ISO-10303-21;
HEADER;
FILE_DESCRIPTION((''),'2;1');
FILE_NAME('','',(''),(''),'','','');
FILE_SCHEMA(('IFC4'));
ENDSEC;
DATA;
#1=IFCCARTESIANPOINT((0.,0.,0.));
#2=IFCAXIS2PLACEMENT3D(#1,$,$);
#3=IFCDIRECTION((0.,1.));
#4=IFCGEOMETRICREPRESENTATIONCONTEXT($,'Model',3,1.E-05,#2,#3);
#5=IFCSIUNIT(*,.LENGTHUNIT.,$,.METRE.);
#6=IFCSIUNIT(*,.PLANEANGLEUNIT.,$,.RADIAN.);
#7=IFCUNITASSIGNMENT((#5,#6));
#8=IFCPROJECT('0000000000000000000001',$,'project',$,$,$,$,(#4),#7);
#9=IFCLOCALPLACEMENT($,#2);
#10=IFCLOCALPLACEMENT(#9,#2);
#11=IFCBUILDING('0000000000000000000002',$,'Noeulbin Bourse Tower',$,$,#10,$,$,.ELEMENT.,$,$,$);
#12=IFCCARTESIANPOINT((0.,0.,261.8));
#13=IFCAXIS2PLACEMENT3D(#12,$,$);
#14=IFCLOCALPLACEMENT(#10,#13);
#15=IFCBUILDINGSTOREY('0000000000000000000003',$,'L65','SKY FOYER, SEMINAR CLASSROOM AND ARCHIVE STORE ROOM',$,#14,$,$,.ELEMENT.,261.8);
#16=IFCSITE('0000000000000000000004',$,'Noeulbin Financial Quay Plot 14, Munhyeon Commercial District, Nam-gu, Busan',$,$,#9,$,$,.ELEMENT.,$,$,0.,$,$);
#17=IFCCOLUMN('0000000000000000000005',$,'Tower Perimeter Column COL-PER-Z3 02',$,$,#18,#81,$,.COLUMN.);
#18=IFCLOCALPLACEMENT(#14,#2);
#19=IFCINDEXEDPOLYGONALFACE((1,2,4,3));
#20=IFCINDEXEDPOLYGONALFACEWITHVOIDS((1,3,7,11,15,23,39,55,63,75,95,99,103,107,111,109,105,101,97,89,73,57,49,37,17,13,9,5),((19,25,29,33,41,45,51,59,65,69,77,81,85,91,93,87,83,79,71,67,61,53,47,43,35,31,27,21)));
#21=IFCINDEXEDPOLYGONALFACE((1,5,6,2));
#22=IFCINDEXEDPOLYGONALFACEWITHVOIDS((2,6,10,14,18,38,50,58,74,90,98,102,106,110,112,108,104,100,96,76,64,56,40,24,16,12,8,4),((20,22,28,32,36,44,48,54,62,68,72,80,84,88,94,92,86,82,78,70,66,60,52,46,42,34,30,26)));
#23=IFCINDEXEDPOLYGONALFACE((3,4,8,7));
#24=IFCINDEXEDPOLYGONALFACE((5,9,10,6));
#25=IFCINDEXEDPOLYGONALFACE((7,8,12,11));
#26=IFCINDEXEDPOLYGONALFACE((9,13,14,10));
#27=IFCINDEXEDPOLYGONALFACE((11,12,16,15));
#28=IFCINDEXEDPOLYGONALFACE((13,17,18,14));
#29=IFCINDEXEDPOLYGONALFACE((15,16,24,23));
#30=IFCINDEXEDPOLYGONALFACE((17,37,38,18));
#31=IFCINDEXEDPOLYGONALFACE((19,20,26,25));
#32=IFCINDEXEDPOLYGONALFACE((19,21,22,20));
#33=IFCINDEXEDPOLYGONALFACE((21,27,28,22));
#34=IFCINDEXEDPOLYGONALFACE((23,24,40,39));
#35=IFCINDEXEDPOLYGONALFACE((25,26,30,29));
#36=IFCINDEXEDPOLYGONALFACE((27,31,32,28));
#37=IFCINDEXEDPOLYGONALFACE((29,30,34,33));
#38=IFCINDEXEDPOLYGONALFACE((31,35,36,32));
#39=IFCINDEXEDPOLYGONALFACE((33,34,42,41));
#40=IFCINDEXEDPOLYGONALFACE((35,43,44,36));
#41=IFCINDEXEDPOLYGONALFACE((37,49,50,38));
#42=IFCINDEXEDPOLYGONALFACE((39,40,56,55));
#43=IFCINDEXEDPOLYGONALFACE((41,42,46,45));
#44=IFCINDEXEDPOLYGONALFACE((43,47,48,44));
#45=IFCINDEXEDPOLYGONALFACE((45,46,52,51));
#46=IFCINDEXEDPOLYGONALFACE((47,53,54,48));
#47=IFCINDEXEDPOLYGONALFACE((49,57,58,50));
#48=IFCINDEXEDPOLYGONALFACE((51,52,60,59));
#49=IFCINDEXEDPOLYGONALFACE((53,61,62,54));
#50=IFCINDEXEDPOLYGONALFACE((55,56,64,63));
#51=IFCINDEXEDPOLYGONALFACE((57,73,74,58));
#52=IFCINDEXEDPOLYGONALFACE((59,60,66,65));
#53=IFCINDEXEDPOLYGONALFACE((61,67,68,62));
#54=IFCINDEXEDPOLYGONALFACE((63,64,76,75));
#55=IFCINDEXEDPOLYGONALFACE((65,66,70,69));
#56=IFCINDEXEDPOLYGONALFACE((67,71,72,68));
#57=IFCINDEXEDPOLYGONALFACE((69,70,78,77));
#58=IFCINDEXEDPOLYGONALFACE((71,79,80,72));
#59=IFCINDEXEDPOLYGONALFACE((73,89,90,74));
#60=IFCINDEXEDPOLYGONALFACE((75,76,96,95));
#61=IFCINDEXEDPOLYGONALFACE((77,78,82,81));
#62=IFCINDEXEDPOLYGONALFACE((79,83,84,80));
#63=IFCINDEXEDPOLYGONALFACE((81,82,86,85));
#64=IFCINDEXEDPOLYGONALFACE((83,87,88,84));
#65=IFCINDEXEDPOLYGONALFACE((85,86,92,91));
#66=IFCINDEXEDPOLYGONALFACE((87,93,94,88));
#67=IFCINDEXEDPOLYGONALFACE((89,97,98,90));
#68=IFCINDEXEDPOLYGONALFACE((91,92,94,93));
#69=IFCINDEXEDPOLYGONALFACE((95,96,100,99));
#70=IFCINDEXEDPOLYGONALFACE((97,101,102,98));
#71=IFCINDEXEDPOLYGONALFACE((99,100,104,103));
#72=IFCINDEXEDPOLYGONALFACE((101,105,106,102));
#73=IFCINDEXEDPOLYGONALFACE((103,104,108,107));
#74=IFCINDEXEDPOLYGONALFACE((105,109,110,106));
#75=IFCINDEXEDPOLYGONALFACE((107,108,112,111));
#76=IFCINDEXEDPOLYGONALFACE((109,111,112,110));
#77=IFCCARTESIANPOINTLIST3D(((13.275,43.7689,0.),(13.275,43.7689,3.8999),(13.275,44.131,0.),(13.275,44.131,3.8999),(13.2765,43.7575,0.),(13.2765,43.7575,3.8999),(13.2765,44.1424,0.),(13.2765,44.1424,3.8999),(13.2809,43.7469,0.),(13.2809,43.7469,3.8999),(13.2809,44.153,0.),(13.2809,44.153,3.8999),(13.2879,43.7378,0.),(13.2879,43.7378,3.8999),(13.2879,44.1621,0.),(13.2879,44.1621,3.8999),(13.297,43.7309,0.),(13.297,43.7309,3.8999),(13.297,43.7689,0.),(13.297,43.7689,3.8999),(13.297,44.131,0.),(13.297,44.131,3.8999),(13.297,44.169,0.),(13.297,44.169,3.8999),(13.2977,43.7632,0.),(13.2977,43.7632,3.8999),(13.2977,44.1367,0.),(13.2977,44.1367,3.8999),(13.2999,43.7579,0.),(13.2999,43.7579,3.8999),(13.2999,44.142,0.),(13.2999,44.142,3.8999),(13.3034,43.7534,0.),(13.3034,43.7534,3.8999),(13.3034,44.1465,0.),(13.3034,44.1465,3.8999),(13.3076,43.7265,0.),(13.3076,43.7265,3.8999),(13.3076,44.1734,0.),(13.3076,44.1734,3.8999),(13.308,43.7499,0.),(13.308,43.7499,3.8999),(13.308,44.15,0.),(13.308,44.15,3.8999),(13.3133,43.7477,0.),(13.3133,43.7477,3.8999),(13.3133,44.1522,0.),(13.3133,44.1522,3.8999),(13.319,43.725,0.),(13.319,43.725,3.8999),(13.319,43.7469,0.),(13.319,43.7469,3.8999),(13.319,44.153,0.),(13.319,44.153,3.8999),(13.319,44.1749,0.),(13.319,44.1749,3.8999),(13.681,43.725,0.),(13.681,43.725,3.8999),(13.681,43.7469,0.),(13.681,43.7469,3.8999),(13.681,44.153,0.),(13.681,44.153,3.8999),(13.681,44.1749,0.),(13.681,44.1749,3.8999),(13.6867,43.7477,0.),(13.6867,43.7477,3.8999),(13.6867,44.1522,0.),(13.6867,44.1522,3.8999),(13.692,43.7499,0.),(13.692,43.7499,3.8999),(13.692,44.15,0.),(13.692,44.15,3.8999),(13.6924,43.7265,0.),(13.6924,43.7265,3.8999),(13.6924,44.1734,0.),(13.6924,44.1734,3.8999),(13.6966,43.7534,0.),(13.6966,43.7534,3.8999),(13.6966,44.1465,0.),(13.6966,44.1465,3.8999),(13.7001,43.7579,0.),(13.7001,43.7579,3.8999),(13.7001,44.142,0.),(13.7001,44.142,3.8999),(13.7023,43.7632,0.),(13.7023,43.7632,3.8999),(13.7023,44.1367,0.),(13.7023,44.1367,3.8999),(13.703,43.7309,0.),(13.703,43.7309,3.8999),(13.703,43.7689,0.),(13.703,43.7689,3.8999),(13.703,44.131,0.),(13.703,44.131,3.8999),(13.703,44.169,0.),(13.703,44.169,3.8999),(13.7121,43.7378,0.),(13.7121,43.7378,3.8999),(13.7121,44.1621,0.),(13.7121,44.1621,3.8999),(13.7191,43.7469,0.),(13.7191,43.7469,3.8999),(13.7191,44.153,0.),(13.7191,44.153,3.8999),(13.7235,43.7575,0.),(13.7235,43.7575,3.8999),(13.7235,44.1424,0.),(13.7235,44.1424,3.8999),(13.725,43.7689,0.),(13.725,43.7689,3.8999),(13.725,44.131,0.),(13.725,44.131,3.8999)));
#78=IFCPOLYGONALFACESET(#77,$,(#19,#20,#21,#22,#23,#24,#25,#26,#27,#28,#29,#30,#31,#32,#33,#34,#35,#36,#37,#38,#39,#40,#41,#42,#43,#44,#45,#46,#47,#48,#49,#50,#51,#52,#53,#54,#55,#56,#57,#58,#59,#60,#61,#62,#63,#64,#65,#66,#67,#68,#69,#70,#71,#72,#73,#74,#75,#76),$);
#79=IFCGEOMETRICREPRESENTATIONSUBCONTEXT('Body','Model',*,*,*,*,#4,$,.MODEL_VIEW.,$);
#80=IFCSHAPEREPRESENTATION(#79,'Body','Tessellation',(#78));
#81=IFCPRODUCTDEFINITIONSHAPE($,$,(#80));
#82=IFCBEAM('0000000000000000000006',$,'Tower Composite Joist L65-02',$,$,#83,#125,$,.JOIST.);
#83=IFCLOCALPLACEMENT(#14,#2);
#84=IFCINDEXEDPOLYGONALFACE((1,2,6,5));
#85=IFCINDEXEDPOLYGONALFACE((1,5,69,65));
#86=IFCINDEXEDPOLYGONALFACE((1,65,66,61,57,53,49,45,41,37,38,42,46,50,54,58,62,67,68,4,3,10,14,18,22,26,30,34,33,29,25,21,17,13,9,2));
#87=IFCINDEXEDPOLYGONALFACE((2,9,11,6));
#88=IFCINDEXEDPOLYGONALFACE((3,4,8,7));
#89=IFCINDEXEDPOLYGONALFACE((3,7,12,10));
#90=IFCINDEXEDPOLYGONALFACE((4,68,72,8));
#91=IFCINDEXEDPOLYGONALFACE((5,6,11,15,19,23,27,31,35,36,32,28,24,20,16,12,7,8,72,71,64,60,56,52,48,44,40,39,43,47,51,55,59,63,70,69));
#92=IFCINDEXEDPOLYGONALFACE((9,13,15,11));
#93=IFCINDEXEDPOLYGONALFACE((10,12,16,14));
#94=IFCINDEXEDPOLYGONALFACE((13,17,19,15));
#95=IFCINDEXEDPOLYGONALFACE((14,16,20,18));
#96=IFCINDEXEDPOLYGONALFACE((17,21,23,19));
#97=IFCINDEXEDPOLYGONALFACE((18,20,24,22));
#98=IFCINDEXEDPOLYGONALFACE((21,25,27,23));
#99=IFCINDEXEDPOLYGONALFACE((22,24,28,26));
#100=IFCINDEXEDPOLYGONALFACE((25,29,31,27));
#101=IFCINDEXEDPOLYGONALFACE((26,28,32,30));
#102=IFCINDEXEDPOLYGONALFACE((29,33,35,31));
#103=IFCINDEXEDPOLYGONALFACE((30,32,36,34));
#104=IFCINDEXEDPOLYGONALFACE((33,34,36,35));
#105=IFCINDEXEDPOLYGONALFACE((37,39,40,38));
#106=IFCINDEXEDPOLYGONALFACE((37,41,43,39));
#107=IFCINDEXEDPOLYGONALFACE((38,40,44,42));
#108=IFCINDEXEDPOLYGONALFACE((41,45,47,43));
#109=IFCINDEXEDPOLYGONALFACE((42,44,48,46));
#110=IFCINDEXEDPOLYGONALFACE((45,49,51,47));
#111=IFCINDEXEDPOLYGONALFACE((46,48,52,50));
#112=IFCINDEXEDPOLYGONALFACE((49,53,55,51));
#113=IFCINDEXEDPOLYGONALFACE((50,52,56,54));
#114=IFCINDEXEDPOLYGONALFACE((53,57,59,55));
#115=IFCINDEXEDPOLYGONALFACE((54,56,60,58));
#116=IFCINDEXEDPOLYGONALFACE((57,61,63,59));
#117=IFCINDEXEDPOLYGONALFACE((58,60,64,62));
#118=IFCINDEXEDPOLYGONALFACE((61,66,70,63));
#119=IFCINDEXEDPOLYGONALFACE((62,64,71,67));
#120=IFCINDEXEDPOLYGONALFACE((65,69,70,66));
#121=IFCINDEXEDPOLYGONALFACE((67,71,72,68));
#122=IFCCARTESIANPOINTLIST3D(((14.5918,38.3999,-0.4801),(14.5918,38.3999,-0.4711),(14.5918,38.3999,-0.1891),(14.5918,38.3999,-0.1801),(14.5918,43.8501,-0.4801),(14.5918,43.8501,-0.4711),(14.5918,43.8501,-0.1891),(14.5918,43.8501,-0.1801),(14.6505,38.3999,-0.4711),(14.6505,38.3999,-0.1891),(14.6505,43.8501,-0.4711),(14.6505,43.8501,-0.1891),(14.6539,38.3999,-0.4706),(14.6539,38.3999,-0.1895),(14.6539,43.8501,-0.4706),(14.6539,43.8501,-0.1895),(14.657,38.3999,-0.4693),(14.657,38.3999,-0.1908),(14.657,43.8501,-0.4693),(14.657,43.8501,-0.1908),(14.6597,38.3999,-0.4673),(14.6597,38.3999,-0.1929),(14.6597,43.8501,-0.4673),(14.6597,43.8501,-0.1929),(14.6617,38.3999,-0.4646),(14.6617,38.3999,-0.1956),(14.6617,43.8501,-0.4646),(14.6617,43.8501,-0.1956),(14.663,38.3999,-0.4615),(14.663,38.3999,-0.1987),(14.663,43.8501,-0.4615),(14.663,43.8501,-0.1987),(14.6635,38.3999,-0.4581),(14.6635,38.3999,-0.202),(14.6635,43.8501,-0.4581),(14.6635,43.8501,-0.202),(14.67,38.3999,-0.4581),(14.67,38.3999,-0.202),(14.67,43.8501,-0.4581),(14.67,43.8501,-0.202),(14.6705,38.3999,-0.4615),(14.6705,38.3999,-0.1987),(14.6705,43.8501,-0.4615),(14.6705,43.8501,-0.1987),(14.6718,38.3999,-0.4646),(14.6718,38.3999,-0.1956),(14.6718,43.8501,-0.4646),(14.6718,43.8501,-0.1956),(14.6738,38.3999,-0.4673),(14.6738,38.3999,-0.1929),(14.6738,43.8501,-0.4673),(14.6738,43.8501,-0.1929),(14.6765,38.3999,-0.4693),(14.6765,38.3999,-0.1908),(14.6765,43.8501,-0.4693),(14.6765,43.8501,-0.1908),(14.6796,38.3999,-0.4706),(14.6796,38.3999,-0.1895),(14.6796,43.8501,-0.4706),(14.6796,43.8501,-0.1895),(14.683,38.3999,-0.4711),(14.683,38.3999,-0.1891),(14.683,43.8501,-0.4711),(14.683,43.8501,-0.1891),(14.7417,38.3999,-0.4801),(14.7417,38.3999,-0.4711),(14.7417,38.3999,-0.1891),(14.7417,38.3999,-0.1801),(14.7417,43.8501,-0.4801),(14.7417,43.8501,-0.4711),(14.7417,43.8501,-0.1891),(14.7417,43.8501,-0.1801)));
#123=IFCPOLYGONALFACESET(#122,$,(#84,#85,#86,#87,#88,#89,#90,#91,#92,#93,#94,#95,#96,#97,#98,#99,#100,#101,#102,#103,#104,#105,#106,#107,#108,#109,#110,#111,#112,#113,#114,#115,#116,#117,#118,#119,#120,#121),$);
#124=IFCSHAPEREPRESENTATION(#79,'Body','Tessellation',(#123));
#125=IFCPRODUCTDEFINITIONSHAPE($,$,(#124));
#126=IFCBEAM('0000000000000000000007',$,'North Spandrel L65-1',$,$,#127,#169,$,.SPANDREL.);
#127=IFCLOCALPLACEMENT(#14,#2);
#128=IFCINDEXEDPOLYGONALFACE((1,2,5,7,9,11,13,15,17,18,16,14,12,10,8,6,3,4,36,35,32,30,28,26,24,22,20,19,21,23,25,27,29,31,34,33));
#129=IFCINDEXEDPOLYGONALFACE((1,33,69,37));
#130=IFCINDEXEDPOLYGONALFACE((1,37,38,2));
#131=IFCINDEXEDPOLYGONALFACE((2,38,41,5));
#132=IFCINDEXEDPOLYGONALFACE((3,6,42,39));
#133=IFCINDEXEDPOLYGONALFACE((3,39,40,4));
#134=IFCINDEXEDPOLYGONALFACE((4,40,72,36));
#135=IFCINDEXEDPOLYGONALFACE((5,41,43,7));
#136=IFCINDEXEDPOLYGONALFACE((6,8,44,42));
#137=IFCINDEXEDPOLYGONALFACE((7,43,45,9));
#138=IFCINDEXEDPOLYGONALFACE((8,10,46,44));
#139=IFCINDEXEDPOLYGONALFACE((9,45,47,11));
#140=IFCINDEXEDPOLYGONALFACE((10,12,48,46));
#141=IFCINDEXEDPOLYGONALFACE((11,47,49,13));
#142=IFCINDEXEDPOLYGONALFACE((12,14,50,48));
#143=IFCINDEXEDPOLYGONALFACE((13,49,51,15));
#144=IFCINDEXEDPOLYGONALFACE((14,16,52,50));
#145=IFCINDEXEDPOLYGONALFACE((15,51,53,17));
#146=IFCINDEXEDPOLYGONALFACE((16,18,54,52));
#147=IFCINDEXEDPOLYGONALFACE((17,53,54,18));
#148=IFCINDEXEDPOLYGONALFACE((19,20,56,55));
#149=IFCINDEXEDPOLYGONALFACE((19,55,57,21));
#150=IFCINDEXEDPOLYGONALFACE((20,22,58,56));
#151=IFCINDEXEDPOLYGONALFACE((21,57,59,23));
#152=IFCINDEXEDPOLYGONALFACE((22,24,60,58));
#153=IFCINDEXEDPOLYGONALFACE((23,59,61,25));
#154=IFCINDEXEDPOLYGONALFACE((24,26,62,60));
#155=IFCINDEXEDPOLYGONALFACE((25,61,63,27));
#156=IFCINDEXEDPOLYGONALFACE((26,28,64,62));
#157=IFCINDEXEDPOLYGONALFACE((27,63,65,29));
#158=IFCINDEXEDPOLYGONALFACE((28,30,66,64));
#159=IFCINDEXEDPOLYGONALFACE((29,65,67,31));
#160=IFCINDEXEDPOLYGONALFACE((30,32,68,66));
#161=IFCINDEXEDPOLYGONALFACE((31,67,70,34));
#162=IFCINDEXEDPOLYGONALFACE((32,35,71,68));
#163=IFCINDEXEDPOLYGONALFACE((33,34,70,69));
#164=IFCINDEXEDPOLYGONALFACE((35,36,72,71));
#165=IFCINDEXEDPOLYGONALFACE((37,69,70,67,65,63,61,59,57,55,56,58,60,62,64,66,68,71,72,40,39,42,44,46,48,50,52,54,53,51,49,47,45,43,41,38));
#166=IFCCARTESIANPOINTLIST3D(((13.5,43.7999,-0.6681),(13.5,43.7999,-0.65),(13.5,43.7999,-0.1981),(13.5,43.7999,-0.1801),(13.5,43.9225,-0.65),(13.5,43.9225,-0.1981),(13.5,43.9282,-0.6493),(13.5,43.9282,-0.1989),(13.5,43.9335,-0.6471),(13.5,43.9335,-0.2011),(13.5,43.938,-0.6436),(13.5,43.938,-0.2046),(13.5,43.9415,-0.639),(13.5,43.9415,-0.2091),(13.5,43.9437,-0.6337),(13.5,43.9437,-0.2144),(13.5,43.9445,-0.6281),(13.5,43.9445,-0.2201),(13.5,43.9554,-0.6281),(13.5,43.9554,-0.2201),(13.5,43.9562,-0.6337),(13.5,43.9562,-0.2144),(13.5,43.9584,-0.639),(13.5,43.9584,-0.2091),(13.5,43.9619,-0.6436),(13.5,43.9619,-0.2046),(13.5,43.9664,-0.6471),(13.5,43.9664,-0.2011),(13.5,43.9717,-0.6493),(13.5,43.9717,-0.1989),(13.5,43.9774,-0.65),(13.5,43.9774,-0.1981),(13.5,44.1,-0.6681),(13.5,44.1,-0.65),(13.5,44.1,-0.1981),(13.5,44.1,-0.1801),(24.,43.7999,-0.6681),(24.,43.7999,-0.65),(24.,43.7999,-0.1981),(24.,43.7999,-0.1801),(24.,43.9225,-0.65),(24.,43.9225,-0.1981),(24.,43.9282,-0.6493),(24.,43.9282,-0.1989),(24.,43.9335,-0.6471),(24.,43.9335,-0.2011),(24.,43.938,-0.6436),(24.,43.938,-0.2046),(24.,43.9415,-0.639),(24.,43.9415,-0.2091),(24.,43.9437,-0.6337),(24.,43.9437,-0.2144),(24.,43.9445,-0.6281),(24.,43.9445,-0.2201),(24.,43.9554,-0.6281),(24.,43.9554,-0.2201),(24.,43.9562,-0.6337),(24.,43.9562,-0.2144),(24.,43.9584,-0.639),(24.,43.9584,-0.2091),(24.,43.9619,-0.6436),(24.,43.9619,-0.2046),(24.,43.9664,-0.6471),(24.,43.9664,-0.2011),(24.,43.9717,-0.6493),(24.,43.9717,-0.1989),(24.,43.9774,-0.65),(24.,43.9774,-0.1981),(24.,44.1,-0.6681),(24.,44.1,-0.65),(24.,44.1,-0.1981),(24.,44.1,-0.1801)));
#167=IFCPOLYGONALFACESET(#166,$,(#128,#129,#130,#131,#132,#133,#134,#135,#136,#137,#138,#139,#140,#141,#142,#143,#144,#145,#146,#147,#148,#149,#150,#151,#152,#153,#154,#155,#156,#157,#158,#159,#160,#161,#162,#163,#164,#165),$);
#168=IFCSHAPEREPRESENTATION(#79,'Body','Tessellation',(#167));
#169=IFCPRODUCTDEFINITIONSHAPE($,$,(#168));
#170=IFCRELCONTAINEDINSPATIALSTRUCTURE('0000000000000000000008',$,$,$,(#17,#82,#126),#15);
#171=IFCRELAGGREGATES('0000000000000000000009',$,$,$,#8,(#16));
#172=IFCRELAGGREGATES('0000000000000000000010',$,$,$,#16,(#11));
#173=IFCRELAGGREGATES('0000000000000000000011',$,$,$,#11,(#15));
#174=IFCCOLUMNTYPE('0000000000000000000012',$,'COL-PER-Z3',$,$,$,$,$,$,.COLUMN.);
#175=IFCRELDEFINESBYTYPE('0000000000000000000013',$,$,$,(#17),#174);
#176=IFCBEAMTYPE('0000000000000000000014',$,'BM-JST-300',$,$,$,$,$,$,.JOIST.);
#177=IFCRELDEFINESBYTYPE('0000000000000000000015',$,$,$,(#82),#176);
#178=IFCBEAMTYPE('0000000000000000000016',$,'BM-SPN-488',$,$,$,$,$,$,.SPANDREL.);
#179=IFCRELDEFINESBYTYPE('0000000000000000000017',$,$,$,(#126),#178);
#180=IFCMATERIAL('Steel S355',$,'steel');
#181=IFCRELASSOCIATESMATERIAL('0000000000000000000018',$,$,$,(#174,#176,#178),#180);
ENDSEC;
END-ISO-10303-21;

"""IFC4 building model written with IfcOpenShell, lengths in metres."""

from ifc_helpers import new_model, si_unit, direction, frame, origin, origin_2d, place, context, subcontext, project, spatial, hollow_rectangle, i_section, extrude, material, material_profile, profile_set, type_object, element, save


model = new_model("IFC4")

# Units and contexts
model_context = context("Model", 3, precision=1e-05, world=origin(), true_north=direction((0.0, 1.0)))
body_context = subcontext(model_context, "Body", "Model", "MODEL_VIEW")
ifc_project = project(units=[si_unit("LENGTHUNIT", "METRE"), si_unit("PLANEANGLEUNIT", "RADIAN")], contexts=[model_context])

# Site, building, storey
site_placement = place(None, origin())
site = spatial("IfcSite", under=ifc_project, at=site_placement, Name="Noeulbin Financial Quay Plot 14, Munhyeon Commercial District, Nam-gu, Busan", CompositionType="ELEMENT", RefElevation=0.0)
building_placement = place(site_placement, origin())
building = spatial("IfcBuilding", under=site, at=building_placement, Name="Noeulbin Bourse Tower", CompositionType="ELEMENT")
storey_placement = place(building_placement, frame((0.0, 0.0, 261.8)))
storey = spatial("IfcBuildingStorey", under=building, at=storey_placement, Name="L65", Description="SKY FOYER, SEMINAR CLASSROOM AND ARCHIVE STORE ROOM", CompositionType="ELEMENT", Elevation=261.8)

# Column
ifc_material_1 = material(Name="Steel S355", Category="steel")
ifc_material_profile_1 = material_profile(ifc_material_1, hollow_rectangle(XDim=0.45, YDim=0.45, WallThickness=0.022, InnerFilletRadius=0.022, OuterFilletRadius=0.0439, at=origin_2d()), Name="SHS-450x450x22", Category="LoadBearing")
ifc_profile_set_1 = profile_set([ifc_material_profile_1], Name="Steel S355")
column_type = type_object("IfcColumnType", Name="COL-PER-Z3", PredefinedType="COLUMN", material=ifc_profile_set_1)
column_placement = place(storey_placement, frame((13.5, 43.95, 0.0), z_axis=(0.0, 0.0, 1.0), x_axis=(1.0, 0.0, 0.0)))
element("IfcColumn", 1, at=column_placement, inside=storey, type_object=column_type, Name="Tower Perimeter Column COL-PER-Z3 02", PredefinedType="COLUMN", context=body_context, shape_type="SweptSolid", body=[
    extrude(hollow_rectangle(XDim=0.45, YDim=0.45, WallThickness=0.022, InnerFilletRadius=0.022, OuterFilletRadius=0.0439, at=origin_2d()), origin(), (0.0, 0.0, 1.0), 3.8999),
])

# Beams
ifc_material_profile_2 = material_profile(ifc_material_1, i_section(OverallWidth=0.1499, OverallDepth=0.3, WebThickness=0.0066, FlangeThickness=0.009, FilletRadius=0.0129, at=origin_2d()), Name="H-300x150x6.5x9", Category="LoadBearing")
ifc_profile_set_2 = profile_set([ifc_material_profile_2], Name="Steel S355")
beam_type_1 = type_object("IfcBeamType", Name="BM-JST-300", PredefinedType="JOIST", material=ifc_profile_set_2)
beam_1_placement = place(storey_placement, frame((14.6667, 38.3999, -0.3301), z_axis=(0.0, 1.0, 0.0), x_axis=(-1.0, 0.0, 0.0)))
element("IfcBeam", 2, at=beam_1_placement, inside=storey, type_object=beam_type_1, Name="Tower Composite Joist L65-02", PredefinedType="JOIST", context=body_context, shape_type="SweptSolid", body=[
    extrude(i_section(OverallWidth=0.1499, OverallDepth=0.3, WebThickness=0.0066, FlangeThickness=0.009, FilletRadius=0.0129, at=origin_2d()), origin(), (0.0, 0.0, 1.0), 5.4502),
])
ifc_material_profile_3 = material_profile(ifc_material_1, i_section(OverallWidth=0.3, OverallDepth=0.488, WebThickness=0.011, FlangeThickness=0.0181, FilletRadius=0.022, at=origin_2d()), Name="H-488x300x11x18", Category="LoadBearing")
ifc_profile_set_3 = profile_set([ifc_material_profile_3], Name="Steel S355")
beam_type_2 = type_object("IfcBeamType", Name="BM-SPN-488", PredefinedType="SPANDREL", material=ifc_profile_set_3)
beam_2_placement = place(storey_placement, frame((13.5, 43.95, -0.4241), z_axis=(1.0, 0.0, 0.0), x_axis=(0.0, 1.0, 0.0)))
element("IfcBeam", 3, at=beam_2_placement, inside=storey, type_object=beam_type_2, Name="North Spandrel L65-1", PredefinedType="SPANDREL", context=body_context, shape_type="SweptSolid", body=[
    extrude(i_section(OverallWidth=0.3, OverallDepth=0.488, WebThickness=0.011, FlangeThickness=0.0181, FilletRadius=0.022, at=origin_2d()), origin(), (0.0, 0.0, 1.0), 10.5),
])

save(model, "model.ifc")
